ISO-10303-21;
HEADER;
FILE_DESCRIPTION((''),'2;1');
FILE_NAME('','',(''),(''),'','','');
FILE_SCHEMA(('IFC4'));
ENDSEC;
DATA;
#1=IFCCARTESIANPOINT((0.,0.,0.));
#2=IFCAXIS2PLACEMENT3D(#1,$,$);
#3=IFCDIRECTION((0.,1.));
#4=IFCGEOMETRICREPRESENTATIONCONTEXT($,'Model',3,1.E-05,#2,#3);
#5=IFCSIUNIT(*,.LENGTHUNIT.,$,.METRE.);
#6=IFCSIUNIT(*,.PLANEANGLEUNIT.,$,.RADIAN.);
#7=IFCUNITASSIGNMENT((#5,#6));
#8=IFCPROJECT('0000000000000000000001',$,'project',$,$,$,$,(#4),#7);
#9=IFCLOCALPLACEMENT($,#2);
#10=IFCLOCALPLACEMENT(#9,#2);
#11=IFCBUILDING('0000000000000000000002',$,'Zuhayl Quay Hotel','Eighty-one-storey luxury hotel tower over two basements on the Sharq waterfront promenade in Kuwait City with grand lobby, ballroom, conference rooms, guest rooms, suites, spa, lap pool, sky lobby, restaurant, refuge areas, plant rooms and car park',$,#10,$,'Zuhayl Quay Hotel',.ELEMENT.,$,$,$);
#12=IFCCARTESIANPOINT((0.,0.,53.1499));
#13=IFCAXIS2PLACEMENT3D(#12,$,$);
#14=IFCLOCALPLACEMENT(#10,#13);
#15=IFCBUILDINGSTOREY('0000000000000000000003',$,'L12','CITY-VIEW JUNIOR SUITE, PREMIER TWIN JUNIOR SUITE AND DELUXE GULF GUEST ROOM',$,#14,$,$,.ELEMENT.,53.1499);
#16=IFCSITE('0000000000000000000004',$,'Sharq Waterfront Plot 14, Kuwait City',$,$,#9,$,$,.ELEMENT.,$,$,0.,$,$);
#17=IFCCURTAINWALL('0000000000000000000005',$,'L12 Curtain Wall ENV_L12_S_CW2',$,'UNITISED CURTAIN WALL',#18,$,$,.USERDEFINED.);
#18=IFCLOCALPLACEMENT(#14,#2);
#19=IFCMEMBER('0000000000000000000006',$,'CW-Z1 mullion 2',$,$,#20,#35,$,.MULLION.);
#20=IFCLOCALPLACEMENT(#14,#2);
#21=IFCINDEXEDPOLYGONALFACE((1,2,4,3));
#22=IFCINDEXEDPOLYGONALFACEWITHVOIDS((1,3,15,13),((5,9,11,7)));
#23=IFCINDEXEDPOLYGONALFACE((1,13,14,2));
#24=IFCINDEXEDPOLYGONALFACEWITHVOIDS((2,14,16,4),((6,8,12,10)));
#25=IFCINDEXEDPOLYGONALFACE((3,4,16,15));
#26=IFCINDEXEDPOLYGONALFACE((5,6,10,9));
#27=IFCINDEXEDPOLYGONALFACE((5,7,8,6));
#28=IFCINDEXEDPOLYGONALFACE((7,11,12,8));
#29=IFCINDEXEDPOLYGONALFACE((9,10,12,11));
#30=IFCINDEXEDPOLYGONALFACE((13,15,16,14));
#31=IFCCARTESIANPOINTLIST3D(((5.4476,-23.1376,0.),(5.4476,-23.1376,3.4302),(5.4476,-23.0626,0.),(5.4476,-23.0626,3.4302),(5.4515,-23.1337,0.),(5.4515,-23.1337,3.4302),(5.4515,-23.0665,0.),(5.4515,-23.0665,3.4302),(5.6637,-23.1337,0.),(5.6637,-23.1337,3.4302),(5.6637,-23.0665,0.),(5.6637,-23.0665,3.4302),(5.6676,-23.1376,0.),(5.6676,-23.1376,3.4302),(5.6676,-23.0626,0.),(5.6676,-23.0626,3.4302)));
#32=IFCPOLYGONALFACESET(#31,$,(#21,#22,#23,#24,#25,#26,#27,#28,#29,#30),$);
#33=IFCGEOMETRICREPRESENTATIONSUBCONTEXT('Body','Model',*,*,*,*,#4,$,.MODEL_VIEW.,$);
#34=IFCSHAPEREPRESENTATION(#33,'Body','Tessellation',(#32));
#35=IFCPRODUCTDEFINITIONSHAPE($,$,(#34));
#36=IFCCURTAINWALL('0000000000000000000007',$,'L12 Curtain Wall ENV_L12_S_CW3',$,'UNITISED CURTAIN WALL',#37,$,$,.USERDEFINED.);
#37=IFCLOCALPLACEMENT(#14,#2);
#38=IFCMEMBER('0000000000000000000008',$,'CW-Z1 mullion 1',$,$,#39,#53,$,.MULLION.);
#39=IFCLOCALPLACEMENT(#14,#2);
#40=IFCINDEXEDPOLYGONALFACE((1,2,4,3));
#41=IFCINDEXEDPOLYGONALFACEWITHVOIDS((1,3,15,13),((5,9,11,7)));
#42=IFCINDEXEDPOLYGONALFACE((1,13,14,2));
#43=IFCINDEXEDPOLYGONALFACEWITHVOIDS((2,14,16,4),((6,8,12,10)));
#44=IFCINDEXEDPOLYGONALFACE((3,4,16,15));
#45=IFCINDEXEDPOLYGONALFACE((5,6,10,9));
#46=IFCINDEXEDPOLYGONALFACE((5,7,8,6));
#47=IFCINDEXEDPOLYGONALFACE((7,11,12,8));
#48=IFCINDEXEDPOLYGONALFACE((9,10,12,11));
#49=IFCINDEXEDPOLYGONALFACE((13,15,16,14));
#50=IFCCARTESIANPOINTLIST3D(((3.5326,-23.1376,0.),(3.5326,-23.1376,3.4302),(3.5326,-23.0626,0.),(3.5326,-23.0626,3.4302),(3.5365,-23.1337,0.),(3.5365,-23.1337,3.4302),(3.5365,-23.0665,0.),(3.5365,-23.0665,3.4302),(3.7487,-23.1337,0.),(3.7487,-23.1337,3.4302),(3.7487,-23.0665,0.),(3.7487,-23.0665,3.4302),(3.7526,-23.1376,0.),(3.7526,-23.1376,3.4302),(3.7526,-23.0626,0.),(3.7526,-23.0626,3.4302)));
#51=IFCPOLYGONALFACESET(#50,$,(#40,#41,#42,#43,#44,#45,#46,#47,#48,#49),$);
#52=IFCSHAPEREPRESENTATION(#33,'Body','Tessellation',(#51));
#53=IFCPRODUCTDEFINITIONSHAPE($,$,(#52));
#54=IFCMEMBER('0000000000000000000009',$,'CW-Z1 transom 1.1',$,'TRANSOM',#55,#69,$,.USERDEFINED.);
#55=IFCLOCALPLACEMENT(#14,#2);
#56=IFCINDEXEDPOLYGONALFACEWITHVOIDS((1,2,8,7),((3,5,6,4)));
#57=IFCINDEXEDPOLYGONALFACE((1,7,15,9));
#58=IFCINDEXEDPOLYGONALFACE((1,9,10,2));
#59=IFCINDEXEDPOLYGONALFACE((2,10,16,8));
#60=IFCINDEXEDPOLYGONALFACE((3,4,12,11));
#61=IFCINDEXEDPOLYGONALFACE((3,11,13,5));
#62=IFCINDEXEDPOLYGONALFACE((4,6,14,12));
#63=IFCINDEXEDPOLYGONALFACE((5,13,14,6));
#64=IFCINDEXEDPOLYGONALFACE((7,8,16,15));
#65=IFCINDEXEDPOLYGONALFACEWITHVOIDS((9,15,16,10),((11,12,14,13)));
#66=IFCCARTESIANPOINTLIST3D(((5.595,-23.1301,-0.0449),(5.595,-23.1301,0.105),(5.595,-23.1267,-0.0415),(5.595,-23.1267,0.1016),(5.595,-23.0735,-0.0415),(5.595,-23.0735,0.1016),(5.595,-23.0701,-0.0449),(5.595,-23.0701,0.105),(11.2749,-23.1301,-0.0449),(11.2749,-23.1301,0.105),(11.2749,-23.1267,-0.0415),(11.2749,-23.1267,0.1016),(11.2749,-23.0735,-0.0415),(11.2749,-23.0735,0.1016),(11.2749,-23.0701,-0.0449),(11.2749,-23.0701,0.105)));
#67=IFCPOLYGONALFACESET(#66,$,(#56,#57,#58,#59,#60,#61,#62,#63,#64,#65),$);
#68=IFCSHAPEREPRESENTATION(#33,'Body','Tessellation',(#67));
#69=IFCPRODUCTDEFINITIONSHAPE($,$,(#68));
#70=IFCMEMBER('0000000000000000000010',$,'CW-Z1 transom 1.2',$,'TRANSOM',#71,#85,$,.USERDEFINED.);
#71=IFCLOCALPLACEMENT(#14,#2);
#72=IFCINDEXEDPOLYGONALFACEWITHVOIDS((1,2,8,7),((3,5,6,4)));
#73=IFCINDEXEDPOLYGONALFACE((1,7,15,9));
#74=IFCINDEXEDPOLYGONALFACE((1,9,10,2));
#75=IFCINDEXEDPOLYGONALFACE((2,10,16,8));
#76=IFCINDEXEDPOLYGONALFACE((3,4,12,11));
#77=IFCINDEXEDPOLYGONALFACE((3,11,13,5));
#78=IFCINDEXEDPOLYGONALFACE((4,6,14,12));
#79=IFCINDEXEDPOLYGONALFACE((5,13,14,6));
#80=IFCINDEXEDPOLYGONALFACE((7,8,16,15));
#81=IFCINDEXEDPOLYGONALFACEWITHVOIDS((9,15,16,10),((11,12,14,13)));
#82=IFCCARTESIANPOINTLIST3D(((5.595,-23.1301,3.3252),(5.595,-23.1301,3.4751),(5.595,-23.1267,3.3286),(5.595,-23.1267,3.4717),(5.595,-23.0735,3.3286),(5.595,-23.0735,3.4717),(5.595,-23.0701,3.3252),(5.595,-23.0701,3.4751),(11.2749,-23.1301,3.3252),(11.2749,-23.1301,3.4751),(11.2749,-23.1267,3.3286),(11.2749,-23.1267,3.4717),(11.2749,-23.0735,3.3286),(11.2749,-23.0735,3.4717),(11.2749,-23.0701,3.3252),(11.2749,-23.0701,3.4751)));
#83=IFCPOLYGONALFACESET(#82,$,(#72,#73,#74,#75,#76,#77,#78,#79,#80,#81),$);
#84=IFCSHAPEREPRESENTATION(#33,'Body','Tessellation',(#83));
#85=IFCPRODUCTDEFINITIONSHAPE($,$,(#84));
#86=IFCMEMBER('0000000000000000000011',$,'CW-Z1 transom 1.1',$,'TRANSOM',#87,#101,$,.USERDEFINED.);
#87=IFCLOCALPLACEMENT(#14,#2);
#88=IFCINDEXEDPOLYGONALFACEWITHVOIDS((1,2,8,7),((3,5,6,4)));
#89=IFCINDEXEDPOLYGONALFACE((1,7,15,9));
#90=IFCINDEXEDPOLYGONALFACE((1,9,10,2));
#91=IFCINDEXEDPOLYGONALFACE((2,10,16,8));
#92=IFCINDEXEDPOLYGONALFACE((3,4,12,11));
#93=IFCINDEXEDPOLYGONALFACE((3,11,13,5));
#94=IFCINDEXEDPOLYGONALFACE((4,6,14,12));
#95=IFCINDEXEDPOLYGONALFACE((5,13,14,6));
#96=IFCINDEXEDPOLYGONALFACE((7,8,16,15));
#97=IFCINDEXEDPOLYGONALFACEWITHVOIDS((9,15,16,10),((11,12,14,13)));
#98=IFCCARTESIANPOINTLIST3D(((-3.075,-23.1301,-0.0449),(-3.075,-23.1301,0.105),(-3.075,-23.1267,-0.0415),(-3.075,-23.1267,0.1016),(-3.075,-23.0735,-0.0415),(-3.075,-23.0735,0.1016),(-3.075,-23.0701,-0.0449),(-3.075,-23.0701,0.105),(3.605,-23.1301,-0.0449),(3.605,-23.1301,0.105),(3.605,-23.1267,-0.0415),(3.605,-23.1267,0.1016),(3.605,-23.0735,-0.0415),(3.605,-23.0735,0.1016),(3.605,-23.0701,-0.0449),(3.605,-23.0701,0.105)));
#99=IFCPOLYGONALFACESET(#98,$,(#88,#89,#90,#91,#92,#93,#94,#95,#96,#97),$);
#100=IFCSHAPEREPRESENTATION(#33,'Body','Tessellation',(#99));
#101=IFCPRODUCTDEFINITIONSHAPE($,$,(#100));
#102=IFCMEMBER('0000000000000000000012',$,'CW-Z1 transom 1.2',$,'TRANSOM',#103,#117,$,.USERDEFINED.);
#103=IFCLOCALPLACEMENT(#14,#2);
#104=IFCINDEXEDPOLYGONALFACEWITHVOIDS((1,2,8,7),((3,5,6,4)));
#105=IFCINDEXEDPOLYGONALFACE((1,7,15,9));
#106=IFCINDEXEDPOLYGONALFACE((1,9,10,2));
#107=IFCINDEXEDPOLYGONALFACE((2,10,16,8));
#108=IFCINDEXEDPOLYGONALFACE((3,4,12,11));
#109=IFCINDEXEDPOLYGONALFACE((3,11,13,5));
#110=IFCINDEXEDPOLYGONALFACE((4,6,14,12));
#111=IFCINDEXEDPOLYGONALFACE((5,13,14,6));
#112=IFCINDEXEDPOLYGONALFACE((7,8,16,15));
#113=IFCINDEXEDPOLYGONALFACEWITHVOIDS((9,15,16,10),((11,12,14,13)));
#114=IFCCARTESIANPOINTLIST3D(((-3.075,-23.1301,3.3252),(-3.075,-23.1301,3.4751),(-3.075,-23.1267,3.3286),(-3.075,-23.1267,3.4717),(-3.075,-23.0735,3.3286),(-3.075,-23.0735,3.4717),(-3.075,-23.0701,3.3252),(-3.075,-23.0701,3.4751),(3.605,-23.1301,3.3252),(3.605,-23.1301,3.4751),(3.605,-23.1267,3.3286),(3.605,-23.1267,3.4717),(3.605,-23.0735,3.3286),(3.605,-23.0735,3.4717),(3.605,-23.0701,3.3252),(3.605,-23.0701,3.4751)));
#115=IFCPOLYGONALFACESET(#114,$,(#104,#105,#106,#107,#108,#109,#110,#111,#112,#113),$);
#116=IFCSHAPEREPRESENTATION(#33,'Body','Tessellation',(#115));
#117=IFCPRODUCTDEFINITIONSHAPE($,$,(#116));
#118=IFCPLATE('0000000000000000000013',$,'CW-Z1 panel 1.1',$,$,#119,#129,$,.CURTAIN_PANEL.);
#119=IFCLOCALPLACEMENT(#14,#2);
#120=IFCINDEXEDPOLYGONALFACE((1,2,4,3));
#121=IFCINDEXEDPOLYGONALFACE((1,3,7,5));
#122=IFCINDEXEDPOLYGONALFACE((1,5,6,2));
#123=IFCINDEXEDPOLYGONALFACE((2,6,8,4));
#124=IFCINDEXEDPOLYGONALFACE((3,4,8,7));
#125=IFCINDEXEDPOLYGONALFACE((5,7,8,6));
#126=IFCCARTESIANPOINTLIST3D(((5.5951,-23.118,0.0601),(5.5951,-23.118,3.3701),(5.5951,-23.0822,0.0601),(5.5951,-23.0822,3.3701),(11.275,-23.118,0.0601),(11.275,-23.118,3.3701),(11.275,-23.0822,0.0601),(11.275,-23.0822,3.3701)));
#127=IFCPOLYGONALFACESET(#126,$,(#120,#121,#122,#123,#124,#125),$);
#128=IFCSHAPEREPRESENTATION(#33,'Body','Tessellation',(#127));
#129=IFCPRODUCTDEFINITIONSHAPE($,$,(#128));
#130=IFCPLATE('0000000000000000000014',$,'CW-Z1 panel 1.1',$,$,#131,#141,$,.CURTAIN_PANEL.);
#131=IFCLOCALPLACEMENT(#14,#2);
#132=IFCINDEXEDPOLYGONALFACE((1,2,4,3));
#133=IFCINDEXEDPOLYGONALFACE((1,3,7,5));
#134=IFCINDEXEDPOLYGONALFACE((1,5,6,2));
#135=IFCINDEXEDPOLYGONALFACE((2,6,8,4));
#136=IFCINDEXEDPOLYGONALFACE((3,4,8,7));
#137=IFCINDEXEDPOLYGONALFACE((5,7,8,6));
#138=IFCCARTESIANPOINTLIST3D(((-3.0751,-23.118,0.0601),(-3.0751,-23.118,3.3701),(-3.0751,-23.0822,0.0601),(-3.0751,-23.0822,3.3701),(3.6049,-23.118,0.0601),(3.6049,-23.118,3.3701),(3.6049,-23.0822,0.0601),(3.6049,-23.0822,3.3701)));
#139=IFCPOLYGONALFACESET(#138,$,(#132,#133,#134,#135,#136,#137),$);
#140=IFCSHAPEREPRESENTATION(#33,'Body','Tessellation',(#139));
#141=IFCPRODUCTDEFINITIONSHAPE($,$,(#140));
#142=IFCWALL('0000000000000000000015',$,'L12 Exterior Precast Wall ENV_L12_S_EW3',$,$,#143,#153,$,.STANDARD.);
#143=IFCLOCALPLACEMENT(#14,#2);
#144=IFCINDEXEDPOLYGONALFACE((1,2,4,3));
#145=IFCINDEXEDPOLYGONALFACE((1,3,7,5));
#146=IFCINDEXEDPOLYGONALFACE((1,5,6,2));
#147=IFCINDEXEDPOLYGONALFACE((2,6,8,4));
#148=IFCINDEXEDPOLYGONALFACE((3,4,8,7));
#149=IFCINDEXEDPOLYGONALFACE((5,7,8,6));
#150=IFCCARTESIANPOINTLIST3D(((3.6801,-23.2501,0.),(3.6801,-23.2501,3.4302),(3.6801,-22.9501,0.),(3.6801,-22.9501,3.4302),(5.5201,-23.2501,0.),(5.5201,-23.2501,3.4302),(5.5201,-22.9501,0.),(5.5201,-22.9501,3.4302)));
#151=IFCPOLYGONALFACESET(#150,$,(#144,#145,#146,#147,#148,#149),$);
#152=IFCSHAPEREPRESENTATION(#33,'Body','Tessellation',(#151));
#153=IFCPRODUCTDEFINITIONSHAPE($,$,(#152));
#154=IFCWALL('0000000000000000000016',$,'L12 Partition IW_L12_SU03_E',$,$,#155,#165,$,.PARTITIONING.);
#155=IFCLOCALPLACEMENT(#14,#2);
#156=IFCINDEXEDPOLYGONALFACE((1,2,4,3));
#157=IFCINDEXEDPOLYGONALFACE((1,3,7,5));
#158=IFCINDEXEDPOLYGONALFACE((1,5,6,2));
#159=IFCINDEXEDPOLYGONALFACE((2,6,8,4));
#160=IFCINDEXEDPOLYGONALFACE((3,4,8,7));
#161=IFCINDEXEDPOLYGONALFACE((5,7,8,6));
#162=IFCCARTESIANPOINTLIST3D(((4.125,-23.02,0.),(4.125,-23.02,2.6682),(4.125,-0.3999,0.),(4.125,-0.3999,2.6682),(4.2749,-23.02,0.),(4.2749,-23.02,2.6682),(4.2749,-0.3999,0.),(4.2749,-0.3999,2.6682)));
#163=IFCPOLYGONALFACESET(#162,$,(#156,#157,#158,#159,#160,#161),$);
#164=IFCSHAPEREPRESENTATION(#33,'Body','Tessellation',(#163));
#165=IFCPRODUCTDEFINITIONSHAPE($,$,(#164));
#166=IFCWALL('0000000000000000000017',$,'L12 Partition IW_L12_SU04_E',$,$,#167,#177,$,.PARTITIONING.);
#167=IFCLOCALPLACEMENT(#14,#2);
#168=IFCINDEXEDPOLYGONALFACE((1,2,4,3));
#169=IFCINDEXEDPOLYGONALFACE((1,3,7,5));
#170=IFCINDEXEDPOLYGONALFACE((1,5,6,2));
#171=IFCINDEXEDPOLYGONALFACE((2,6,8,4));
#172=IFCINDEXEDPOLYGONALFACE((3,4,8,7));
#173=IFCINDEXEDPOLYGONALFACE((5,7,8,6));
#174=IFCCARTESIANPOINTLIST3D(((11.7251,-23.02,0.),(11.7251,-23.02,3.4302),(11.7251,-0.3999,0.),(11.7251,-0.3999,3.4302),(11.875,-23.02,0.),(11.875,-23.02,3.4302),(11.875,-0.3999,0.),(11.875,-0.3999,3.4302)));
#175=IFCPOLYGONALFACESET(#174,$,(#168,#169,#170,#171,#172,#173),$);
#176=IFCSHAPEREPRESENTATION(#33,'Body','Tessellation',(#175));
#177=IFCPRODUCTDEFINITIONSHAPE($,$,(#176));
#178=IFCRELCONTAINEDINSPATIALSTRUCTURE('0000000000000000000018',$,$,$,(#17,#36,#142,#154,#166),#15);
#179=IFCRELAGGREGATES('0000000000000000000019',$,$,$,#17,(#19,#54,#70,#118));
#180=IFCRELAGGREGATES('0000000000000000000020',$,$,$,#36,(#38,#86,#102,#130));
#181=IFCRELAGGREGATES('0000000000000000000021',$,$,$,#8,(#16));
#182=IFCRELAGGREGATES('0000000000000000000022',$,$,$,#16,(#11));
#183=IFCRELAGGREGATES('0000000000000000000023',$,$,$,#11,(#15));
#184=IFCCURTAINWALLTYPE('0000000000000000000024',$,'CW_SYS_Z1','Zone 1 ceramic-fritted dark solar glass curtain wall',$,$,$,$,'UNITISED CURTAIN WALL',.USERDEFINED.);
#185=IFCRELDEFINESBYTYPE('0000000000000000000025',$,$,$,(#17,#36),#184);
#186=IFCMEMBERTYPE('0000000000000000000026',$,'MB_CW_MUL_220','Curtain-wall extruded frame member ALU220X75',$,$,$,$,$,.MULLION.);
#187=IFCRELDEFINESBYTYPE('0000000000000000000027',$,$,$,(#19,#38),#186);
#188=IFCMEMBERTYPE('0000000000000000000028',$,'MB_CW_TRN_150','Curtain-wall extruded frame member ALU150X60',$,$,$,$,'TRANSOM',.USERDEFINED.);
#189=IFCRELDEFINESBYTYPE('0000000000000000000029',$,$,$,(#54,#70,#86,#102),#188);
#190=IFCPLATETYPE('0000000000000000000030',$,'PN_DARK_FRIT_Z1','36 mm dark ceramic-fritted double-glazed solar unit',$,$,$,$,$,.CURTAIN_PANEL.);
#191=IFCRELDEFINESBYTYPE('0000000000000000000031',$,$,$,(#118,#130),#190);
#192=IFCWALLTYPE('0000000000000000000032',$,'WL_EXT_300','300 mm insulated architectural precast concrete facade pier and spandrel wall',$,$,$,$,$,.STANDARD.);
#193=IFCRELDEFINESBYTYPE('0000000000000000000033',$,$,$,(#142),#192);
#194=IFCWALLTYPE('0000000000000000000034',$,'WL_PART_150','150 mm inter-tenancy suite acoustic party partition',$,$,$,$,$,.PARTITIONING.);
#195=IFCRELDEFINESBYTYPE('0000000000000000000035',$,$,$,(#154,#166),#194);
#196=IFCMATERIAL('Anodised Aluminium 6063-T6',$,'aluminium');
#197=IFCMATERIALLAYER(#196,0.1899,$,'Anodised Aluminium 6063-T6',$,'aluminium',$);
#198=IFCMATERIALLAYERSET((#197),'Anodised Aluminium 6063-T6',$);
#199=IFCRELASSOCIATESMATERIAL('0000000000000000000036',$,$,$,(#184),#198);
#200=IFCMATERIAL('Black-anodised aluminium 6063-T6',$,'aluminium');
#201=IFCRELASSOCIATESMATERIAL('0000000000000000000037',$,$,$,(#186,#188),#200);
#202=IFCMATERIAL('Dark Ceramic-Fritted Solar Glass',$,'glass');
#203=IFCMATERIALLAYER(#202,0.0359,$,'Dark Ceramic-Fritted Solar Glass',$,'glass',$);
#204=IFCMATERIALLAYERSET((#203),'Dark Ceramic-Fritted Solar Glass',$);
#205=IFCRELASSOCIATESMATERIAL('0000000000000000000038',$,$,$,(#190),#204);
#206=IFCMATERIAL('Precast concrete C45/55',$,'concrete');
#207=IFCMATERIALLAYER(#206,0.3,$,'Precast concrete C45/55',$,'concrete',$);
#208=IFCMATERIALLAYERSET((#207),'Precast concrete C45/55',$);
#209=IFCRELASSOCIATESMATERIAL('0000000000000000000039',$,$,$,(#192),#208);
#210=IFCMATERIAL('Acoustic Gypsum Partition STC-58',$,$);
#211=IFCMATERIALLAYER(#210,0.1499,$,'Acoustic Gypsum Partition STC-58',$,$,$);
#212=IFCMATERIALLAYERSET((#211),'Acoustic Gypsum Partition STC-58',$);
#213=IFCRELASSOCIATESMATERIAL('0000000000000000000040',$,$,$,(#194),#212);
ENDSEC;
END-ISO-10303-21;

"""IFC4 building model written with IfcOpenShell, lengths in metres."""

from ifc_helpers import new_model, si_unit, direction, frame, frame_2d, origin, origin_2d, place, context, subcontext, project, spatial, rectangle, hollow_rectangle, extrude, material, layer, layer_set, material_profile, profile_set, type_object, element, aggregate, save


model = new_model("IFC4")

# Units and contexts
model_context = context("Model", 3, precision=1e-05, world=origin(), true_north=direction((0.0, 1.0)))
body_context = subcontext(model_context, "Body", "Model", "MODEL_VIEW")
ifc_project = project(units=[si_unit("LENGTHUNIT", "METRE"), si_unit("PLANEANGLEUNIT", "RADIAN")], contexts=[model_context])

# Site, building, storey
site_placement = place(None, origin())
site = spatial("IfcSite", under=ifc_project, at=site_placement, Name="Sharq Waterfront Plot 14, Kuwait City", CompositionType="ELEMENT", RefElevation=0.0)
building_placement = place(site_placement, origin())
building = spatial("IfcBuilding", under=site, at=building_placement, Name="Zuhayl Quay Hotel", Description="Eighty-one-storey luxury hotel tower over two basements on the Sharq waterfront promenade in Kuwait City with grand lobby, ballroom, conference rooms, guest rooms, suites, spa, lap pool, sky lobby, restaurant, refuge areas, plant rooms and car park", LongName="Zuhayl Quay Hotel", CompositionType="ELEMENT")
storey_placement = place(building_placement, frame((0.0, 0.0, 53.1499)))
storey = spatial("IfcBuildingStorey", under=building, at=storey_placement, Name="L12", Description="CITY-VIEW JUNIOR SUITE, PREMIER TWIN JUNIOR SUITE AND DELUXE GULF GUEST ROOM", CompositionType="ELEMENT", Elevation=53.1499)

# Curtain wall, member
ifc_material_1 = material(Name="Anodised Aluminium 6063-T6", Category="aluminium")
ifc_layer_1 = layer(ifc_material_1, 0.1899, Name="Anodised Aluminium 6063-T6", Category="aluminium")
ifc_layer_set_1 = layer_set([ifc_layer_1], Name="Anodised Aluminium 6063-T6")
curtain_wall_type = type_object("IfcCurtainWallType", Name="CW_SYS_Z1", Description="Zone 1 ceramic-fritted dark solar glass curtain wall", ElementType="UNITISED CURTAIN WALL", PredefinedType="USERDEFINED", material=ifc_layer_set_1)
curtain_wall_1_placement = place(storey_placement, origin())
curtain_wall_1 = element("IfcCurtainWall", 1, at=curtain_wall_1_placement, inside=storey, type_object=curtain_wall_type, Name="L12 Curtain Wall ENV_L12_S_CW2", ObjectType="UNITISED CURTAIN WALL", PredefinedType="USERDEFINED")
ifc_material_2 = material(Name="Black-anodised aluminium 6063-T6", Category="aluminium")
ifc_material_profile_1 = material_profile(ifc_material_2, hollow_rectangle(XDim=0.075, YDim=0.22, WallThickness=0.0039, at=origin_2d()), Name="ALU220X75")
ifc_profile_set_1 = profile_set([ifc_material_profile_1], Name="Black-anodised aluminium 6063-T6")
member_type_1 = type_object("IfcMemberType", Name="MB_CW_MUL_220", Description="Curtain-wall extruded frame member ALU220X75", PredefinedType="MULLION", material=ifc_profile_set_1)
member_1_placement = place(storey_placement, frame((5.5576, -23.1001, 0.0), z_axis=(0.0, 0.0, 1.0), x_axis=(0.0, -1.0, 0.0)))
member_1 = element("IfcMember", 2, at=member_1_placement, type_object=member_type_1, Name="CW-Z1 mullion 2", PredefinedType="MULLION", context=body_context, shape_type="SweptSolid", body=[
    extrude(hollow_rectangle(XDim=0.075, YDim=0.22, WallThickness=0.0039, at=origin_2d()), origin(), (0.0, 0.0, 1.0), 3.4302),
])

# Curtain wall, member
curtain_wall_2_placement = place(storey_placement, origin())
curtain_wall_2 = element("IfcCurtainWall", 3, at=curtain_wall_2_placement, inside=storey, type_object=curtain_wall_type, Name="L12 Curtain Wall ENV_L12_S_CW3", ObjectType="UNITISED CURTAIN WALL", PredefinedType="USERDEFINED")
member_2_placement = place(storey_placement, frame((3.6426, -23.1001, 0.0), z_axis=(0.0, 0.0, 1.0), x_axis=(0.0, -1.0, 0.0)))
member_2 = element("IfcMember", 4, at=member_2_placement, type_object=member_type_1, Name="CW-Z1 mullion 1", PredefinedType="MULLION", context=body_context, shape_type="SweptSolid", body=[
    extrude(hollow_rectangle(XDim=0.075, YDim=0.22, WallThickness=0.0039, at=origin_2d()), origin(), (0.0, 0.0, 1.0), 3.4302),
])

# Members
ifc_material_profile_2 = material_profile(ifc_material_2, hollow_rectangle(XDim=0.0601, YDim=0.1499, WallThickness=0.0034, at=origin_2d()), Name="ALU150X60")
ifc_profile_set_2 = profile_set([ifc_material_profile_2], Name="Black-anodised aluminium 6063-T6")
member_type_2 = type_object("IfcMemberType", Name="MB_CW_TRN_150", Description="Curtain-wall extruded frame member ALU150X60", ElementType="TRANSOM", PredefinedType="USERDEFINED", material=ifc_profile_set_2)
member_3_placement = place(storey_placement, frame((11.2749, -23.1001, 0.03), z_axis=(-1.0, 0.0, 0.0), x_axis=(0.0, -1.0, 0.0)))
member_3 = element("IfcMember", 5, at=member_3_placement, type_object=member_type_2, Name="CW-Z1 transom 1.1", ObjectType="TRANSOM", PredefinedType="USERDEFINED", context=body_context, shape_type="SweptSolid", body=[
    extrude(hollow_rectangle(XDim=0.0601, YDim=0.1499, WallThickness=0.0034, at=origin_2d()), origin(), (0.0, 0.0, 1.0), 5.6799),
])
member_4_placement = place(storey_placement, frame((11.2749, -23.1001, 3.4001), z_axis=(-1.0, 0.0, 0.0), x_axis=(0.0, -1.0, 0.0)))
member_4 = element("IfcMember", 6, at=member_4_placement, type_object=member_type_2, Name="CW-Z1 transom 1.2", ObjectType="TRANSOM", PredefinedType="USERDEFINED", context=body_context, shape_type="SweptSolid", body=[
    extrude(hollow_rectangle(XDim=0.0601, YDim=0.1499, WallThickness=0.0034, at=origin_2d()), origin(), (0.0, 0.0, 1.0), 5.6799),
])
member_5_placement = place(storey_placement, frame((3.605, -23.1001, 0.03), z_axis=(-1.0, 0.0, 0.0), x_axis=(0.0, -1.0, 0.0)))
member_5 = element("IfcMember", 7, at=member_5_placement, type_object=member_type_2, Name="CW-Z1 transom 1.1", ObjectType="TRANSOM", PredefinedType="USERDEFINED", context=body_context, shape_type="SweptSolid", body=[
    extrude(hollow_rectangle(XDim=0.0601, YDim=0.1499, WallThickness=0.0034, at=origin_2d()), origin(), (0.0, 0.0, 1.0), 6.6799),
])
member_6_placement = place(storey_placement, frame((3.605, -23.1001, 3.4001), z_axis=(-1.0, 0.0, 0.0), x_axis=(0.0, -1.0, 0.0)))
member_6 = element("IfcMember", 8, at=member_6_placement, type_object=member_type_2, Name="CW-Z1 transom 1.2", ObjectType="TRANSOM", PredefinedType="USERDEFINED", context=body_context, shape_type="SweptSolid", body=[
    extrude(hollow_rectangle(XDim=0.0601, YDim=0.1499, WallThickness=0.0034, at=origin_2d()), origin(), (0.0, 0.0, 1.0), 6.6799),
])

# Plates
ifc_material_3 = material(Name="Dark Ceramic-Fritted Solar Glass", Category="glass")
ifc_layer_2 = layer(ifc_material_3, 0.0359, Name="Dark Ceramic-Fritted Solar Glass", Category="glass")
ifc_layer_set_2 = layer_set([ifc_layer_2], Name="Dark Ceramic-Fritted Solar Glass")
plate_type = type_object("IfcPlateType", Name="PN_DARK_FRIT_Z1", Description="36 mm dark ceramic-fritted double-glazed solar unit", PredefinedType="CURTAIN_PANEL", material=ifc_layer_set_2)
plate_1_placement = place(storey_placement, frame((8.4351, -23.1001, 0.0601), z_axis=(0.0, 0.0, 1.0), x_axis=(-1.0, 0.0, 0.0)))
plate_1 = element("IfcPlate", 9, at=plate_1_placement, type_object=plate_type, Name="CW-Z1 panel 1.1", PredefinedType="CURTAIN_PANEL", context=body_context, shape_type="SweptSolid", body=[
    extrude(rectangle(XDim=5.6799, YDim=0.0359, at=origin_2d()), origin(), (0.0, 0.0, 1.0), 3.3101),
])
aggregate(curtain_wall_1, [member_1, member_3, member_4, plate_1])
plate_2_placement = place(storey_placement, frame((0.2649, -23.1001, 0.0601), z_axis=(0.0, 0.0, 1.0), x_axis=(-1.0, 0.0, 0.0)))
plate_2 = element("IfcPlate", 10, at=plate_2_placement, type_object=plate_type, Name="CW-Z1 panel 1.1", PredefinedType="CURTAIN_PANEL", context=body_context, shape_type="SweptSolid", body=[
    extrude(rectangle(XDim=6.6799, YDim=0.0359, at=origin_2d()), origin(), (0.0, 0.0, 1.0), 3.3101),
])
aggregate(curtain_wall_2, [member_2, member_5, member_6, plate_2])

# Walls
ifc_material_4 = material(Name="Precast concrete C45/55", Category="concrete")
ifc_layer_3 = layer(ifc_material_4, 0.3, Name="Precast concrete C45/55", Category="concrete")
ifc_layer_set_3 = layer_set([ifc_layer_3], Name="Precast concrete C45/55")
wall_type_1 = type_object("IfcWallType", Name="WL_EXT_300", Description="300 mm insulated architectural precast concrete facade pier and spandrel wall", PredefinedType="STANDARD", material=ifc_layer_set_3)
wall_1_placement = place(storey_placement, frame((5.52, -23.1001, 0.0), z_axis=(0.0, 0.0, 1.0), x_axis=(-1.0, 0.0, 0.0)))
element("IfcWall", 11, at=wall_1_placement, inside=storey, type_object=wall_type_1, Name="L12 Exterior Precast Wall ENV_L12_S_EW3", PredefinedType="STANDARD", context=body_context, shape_type="SweptSolid", body=[
    extrude(rectangle(XDim=1.8401, YDim=0.3, at=frame_2d((0.9199, 0.0))), origin(), (0.0, 0.0, 1.0), 3.4302),
])
ifc_material_5 = material(Name="Acoustic Gypsum Partition STC-58")
ifc_layer_4 = layer(ifc_material_5, 0.1499, Name="Acoustic Gypsum Partition STC-58")
ifc_layer_set_4 = layer_set([ifc_layer_4], Name="Acoustic Gypsum Partition STC-58")
wall_type_2 = type_object("IfcWallType", Name="WL_PART_150", Description="150 mm inter-tenancy suite acoustic party partition", PredefinedType="PARTITIONING", material=ifc_layer_set_4)
wall_2_placement = place(storey_placement, frame((4.2, -23.02, 0.0), z_axis=(0.0, 0.0, 1.0), x_axis=(0.0, 1.0, 0.0)))
element("IfcWall", 12, at=wall_2_placement, inside=storey, type_object=wall_type_2, Name="L12 Partition IW_L12_SU03_E", PredefinedType="PARTITIONING", context=body_context, shape_type="SweptSolid", body=[
    extrude(rectangle(XDim=22.6201, YDim=0.1499, at=frame_2d((11.3101, 0.0))), origin(), (0.0, 0.0, 1.0), 2.6682),
])
wall_3_placement = place(storey_placement, frame((11.8, -23.02, 0.0), z_axis=(0.0, 0.0, 1.0), x_axis=(0.0, 1.0, 0.0)))
element("IfcWall", 13, at=wall_3_placement, inside=storey, type_object=wall_type_2, Name="L12 Partition IW_L12_SU04_E", PredefinedType="PARTITIONING", context=body_context, shape_type="SweptSolid", body=[
    extrude(rectangle(XDim=22.6201, YDim=0.1499, at=frame_2d((11.3101, 0.0))), origin(), (0.0, 0.0, 1.0), 3.4302),
])

save(model, "model.ifc")
